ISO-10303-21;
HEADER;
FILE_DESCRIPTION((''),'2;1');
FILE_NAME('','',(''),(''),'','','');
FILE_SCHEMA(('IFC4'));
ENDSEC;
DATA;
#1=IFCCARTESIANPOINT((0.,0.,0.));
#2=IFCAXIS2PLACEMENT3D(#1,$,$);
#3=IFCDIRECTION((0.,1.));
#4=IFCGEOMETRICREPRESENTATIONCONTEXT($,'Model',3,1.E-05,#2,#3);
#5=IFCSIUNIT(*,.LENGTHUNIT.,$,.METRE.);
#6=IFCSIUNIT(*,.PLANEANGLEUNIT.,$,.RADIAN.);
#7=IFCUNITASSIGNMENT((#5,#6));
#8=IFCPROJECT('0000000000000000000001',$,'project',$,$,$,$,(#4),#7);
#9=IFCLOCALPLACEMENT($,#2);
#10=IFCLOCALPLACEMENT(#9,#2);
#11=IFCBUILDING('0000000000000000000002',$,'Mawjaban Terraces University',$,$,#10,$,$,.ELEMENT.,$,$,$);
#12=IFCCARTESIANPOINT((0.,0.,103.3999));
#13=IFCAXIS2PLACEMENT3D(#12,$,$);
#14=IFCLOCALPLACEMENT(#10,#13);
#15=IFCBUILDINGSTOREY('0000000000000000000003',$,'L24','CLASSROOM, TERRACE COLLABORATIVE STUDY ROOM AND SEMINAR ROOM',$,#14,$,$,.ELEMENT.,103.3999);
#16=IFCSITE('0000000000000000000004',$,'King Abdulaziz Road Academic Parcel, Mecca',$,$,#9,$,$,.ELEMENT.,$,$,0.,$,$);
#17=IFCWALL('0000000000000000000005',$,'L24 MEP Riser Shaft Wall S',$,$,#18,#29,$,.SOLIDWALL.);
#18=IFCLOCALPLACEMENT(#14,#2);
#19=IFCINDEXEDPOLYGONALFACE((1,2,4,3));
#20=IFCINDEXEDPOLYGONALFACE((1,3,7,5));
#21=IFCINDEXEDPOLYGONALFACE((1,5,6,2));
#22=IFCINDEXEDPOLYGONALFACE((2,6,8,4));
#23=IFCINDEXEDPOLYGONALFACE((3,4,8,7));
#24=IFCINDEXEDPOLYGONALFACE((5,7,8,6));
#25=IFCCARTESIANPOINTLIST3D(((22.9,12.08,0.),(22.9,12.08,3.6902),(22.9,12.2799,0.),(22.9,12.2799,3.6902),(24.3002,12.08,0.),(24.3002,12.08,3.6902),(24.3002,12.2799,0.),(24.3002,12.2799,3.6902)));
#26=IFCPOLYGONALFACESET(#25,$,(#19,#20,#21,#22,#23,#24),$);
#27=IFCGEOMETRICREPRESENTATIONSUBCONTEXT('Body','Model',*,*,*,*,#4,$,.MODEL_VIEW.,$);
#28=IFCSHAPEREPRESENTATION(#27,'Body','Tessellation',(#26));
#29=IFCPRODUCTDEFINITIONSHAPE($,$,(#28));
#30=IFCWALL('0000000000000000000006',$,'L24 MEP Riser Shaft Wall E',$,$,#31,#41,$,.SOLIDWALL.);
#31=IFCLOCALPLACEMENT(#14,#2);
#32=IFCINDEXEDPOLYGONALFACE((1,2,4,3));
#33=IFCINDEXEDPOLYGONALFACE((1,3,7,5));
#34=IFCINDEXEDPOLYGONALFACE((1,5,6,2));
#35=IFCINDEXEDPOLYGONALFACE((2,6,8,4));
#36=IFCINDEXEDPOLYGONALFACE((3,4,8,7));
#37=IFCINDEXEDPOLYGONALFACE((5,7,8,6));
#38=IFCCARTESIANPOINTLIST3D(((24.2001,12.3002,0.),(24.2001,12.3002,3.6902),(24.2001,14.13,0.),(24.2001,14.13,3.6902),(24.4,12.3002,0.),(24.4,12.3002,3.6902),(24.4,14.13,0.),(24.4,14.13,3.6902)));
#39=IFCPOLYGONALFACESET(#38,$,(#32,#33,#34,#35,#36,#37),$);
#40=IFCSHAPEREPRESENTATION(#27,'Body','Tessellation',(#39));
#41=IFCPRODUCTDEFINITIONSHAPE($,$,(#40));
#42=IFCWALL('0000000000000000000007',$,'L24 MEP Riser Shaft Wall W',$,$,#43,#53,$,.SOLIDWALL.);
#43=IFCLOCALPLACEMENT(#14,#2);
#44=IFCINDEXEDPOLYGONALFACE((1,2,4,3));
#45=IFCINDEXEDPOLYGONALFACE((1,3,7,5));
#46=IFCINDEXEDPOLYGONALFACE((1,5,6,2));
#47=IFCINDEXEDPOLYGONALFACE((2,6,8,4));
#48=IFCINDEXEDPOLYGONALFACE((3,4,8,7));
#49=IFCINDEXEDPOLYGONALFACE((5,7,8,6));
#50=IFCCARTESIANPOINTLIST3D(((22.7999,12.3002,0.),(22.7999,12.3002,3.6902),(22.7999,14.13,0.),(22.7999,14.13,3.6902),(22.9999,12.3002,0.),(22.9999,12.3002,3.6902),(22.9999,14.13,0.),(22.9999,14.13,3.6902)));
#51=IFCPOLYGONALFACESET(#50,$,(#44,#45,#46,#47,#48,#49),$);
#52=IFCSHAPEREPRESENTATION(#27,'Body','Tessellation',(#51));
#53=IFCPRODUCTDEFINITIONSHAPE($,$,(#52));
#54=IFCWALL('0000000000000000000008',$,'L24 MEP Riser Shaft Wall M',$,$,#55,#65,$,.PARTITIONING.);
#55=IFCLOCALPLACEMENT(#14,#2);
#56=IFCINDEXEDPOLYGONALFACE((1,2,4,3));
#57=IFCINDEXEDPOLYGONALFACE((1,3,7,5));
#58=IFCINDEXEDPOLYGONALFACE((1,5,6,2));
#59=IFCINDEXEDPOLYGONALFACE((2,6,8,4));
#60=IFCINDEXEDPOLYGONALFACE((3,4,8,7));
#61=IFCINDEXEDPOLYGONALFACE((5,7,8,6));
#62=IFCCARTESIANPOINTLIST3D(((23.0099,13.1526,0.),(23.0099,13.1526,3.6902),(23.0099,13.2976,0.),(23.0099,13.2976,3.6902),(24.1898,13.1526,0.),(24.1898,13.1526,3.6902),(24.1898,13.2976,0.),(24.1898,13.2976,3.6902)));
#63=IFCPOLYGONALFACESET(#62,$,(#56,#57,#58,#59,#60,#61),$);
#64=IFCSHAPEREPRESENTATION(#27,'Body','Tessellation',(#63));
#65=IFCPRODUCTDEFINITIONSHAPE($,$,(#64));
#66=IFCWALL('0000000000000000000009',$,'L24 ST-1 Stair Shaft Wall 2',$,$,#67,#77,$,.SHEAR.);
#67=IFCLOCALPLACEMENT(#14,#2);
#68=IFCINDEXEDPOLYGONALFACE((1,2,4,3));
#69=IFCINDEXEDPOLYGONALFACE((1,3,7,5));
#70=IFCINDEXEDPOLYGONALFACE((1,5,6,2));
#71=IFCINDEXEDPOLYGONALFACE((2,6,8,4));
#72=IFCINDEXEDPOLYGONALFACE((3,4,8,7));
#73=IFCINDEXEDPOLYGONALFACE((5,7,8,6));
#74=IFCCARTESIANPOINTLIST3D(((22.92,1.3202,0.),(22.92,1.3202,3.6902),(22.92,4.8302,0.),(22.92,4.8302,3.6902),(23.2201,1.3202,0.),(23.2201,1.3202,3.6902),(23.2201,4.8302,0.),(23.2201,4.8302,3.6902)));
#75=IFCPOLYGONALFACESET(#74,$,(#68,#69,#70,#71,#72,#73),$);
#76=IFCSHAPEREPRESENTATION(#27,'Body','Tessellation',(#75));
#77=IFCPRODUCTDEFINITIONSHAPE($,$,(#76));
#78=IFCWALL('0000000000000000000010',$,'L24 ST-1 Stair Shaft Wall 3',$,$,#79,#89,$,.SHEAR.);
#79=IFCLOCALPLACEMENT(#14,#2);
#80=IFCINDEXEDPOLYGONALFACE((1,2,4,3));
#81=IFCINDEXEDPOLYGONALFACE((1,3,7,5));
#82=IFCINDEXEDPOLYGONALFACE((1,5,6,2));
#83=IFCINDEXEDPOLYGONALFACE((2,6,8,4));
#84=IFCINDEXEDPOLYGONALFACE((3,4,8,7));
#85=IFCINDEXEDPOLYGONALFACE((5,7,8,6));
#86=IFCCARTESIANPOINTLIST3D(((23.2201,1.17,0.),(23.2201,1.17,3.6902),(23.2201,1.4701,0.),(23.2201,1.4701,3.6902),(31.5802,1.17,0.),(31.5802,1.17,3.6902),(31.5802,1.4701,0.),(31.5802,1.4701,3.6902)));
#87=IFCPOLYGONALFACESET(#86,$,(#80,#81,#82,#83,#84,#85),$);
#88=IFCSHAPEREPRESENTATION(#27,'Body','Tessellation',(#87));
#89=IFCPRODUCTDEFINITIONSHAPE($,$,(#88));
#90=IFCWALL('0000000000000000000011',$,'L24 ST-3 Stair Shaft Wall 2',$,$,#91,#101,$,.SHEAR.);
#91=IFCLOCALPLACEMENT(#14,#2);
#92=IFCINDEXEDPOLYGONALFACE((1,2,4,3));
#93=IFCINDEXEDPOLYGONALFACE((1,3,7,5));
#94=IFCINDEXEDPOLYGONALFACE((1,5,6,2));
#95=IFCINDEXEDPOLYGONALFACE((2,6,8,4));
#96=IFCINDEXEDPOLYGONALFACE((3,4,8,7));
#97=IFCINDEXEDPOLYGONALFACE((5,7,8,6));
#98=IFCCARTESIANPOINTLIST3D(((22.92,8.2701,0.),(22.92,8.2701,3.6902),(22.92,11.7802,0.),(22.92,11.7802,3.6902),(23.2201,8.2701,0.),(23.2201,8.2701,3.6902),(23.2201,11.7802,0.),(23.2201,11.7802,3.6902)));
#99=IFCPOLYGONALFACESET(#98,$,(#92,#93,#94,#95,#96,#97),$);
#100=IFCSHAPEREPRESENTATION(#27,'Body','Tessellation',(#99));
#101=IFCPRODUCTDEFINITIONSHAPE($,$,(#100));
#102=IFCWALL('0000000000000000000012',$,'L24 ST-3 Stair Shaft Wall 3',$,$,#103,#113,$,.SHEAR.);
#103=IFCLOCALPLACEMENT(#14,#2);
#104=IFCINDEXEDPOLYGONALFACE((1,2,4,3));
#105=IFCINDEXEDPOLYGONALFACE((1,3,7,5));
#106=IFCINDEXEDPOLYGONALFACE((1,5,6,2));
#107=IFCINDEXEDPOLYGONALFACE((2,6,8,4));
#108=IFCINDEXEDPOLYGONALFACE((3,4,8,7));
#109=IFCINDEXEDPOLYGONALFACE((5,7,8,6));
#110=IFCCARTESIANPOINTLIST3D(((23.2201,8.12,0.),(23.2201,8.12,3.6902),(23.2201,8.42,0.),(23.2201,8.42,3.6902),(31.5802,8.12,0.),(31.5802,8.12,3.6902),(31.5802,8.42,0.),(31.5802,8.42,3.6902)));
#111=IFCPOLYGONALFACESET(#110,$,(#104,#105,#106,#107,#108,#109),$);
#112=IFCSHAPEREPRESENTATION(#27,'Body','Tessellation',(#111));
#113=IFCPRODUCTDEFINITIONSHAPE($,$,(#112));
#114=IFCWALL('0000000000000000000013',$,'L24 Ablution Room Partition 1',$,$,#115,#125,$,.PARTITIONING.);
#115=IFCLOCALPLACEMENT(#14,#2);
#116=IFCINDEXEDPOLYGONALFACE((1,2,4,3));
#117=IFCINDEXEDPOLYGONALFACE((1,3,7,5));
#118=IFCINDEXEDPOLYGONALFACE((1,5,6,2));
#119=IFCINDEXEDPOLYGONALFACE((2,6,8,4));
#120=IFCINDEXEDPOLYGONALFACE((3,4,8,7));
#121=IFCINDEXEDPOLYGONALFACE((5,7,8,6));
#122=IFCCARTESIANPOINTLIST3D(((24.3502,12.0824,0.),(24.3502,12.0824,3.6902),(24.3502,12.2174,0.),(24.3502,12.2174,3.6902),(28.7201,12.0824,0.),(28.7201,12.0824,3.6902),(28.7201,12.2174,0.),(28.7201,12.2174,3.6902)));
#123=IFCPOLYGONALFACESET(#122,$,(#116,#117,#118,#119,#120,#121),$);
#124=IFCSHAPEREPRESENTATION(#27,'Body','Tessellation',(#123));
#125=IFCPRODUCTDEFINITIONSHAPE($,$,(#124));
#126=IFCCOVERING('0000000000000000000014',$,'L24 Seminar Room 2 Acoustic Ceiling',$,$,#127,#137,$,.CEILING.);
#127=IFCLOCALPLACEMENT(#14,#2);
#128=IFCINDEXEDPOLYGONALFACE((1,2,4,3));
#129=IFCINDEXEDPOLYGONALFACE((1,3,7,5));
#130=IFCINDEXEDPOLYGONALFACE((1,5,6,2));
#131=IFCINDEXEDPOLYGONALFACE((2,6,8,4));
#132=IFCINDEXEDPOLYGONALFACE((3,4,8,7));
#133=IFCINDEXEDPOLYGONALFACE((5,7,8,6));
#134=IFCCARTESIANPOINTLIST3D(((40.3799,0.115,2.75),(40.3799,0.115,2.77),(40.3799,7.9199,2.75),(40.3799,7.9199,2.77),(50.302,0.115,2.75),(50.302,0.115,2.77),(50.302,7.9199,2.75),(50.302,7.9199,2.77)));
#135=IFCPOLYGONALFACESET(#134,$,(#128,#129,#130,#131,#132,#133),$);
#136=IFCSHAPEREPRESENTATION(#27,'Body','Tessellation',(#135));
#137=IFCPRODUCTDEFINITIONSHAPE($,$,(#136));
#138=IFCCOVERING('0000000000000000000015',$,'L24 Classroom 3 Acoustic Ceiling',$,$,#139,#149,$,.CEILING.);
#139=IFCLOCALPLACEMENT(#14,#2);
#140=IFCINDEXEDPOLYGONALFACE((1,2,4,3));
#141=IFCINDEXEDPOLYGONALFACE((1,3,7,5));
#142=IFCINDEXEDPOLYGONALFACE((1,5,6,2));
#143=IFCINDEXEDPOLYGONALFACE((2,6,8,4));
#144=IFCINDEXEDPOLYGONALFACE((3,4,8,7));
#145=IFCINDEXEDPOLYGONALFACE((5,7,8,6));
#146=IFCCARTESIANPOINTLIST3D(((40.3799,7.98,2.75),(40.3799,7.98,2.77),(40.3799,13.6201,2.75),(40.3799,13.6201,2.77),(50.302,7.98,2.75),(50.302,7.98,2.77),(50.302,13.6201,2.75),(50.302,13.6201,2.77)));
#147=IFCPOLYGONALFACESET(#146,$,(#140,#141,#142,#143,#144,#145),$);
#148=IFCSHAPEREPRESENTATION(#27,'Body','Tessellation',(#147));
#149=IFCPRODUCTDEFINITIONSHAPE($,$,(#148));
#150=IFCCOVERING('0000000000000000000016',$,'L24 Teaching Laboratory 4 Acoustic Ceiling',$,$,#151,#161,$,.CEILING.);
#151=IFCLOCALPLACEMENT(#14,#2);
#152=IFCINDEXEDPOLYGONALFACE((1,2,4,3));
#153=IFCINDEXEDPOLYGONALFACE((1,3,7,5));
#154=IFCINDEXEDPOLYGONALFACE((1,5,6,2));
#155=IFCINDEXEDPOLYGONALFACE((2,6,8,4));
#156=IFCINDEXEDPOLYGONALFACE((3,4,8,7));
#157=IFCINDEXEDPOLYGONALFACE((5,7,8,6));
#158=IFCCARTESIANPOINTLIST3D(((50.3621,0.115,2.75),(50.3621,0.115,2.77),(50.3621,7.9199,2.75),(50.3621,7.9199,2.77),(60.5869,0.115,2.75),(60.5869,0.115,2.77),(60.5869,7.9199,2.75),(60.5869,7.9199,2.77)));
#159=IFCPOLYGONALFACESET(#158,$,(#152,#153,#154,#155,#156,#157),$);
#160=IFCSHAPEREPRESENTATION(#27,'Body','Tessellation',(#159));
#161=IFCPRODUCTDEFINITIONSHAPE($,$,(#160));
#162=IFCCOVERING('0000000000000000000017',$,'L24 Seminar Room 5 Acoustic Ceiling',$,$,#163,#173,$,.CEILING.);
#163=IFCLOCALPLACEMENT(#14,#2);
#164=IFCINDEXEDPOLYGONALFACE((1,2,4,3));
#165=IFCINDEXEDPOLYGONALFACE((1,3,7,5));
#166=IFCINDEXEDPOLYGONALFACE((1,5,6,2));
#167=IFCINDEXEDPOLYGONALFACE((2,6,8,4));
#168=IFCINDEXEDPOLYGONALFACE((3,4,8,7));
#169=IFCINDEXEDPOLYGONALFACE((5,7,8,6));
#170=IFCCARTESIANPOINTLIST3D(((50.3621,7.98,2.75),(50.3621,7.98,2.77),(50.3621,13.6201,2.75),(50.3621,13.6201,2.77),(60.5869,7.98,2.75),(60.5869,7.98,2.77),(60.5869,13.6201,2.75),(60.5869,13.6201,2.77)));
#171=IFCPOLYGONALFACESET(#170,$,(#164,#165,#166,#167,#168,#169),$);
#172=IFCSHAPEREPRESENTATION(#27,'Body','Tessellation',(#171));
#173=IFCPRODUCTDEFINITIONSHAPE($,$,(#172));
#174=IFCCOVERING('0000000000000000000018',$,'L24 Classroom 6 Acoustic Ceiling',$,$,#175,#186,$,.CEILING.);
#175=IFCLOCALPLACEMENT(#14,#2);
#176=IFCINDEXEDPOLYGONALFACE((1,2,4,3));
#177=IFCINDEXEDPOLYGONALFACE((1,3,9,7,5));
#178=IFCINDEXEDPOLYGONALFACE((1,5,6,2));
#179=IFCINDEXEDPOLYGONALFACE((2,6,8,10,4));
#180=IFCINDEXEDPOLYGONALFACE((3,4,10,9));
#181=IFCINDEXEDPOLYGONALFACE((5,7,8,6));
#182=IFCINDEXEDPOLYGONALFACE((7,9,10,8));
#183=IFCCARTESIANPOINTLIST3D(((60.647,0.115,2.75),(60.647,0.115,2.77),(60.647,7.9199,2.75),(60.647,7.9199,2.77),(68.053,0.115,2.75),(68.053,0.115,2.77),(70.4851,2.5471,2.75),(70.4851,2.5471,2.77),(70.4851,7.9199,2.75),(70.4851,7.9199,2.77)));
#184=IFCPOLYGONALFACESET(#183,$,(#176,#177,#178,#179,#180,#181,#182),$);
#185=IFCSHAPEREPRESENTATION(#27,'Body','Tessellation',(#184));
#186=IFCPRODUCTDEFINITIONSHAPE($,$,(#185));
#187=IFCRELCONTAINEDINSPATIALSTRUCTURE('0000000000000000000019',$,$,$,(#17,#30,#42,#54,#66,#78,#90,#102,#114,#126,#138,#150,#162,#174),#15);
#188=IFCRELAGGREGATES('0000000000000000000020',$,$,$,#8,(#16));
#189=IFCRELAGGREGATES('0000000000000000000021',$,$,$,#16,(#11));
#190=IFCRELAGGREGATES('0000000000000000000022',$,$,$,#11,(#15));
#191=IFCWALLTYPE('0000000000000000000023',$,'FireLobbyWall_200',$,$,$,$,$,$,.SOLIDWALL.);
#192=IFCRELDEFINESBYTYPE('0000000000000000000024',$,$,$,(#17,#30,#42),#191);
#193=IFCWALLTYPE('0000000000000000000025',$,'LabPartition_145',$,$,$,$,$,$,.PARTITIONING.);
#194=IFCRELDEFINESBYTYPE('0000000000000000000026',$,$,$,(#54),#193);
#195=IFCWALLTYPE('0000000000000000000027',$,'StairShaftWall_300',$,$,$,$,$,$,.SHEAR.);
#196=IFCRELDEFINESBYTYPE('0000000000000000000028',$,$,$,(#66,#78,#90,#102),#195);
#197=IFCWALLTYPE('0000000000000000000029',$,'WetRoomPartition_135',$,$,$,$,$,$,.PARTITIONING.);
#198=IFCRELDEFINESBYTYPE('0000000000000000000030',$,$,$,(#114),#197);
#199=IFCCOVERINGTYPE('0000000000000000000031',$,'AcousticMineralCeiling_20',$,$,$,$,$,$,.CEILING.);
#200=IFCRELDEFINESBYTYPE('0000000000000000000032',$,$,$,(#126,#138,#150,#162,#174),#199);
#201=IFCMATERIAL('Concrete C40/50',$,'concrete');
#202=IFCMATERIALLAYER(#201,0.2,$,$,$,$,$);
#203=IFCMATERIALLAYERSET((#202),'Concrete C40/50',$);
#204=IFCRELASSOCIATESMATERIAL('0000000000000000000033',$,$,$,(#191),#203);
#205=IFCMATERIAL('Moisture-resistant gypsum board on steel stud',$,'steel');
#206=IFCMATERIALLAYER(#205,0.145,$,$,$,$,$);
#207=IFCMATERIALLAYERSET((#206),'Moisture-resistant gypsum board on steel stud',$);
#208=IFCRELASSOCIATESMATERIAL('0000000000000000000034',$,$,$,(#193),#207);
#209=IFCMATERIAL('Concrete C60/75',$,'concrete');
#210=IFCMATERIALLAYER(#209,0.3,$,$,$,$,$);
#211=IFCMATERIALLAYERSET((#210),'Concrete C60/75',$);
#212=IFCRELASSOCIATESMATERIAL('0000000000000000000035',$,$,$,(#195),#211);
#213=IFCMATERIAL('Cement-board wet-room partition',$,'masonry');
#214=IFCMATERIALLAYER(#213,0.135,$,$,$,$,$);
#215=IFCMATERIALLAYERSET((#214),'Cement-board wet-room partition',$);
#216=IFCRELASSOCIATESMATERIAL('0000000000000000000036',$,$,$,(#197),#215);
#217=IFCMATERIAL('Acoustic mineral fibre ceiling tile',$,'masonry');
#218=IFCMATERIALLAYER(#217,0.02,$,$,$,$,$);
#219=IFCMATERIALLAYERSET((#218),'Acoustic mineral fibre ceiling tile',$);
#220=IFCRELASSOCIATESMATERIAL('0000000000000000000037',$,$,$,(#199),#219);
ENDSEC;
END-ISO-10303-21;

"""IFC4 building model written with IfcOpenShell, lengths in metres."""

from ifc_helpers import new_model, si_unit, direction, frame, frame_2d, origin, place, context, subcontext, project, spatial, polyline, rectangle, outline, extrude, material, layer, layer_set, type_object, element, save


model = new_model("IFC4")

# Units and contexts
model_context = context("Model", 3, precision=1e-05, world=origin(), true_north=direction((0.0, 1.0)))
body_context = subcontext(model_context, "Body", "Model", "MODEL_VIEW")
ifc_project = project(units=[si_unit("LENGTHUNIT", "METRE"), si_unit("PLANEANGLEUNIT", "RADIAN")], contexts=[model_context])

# Site, building, storey
site_placement = place(None, origin())
site = spatial("IfcSite", under=ifc_project, at=site_placement, Name="King Abdulaziz Road Academic Parcel, Mecca", CompositionType="ELEMENT", RefElevation=0.0)
building_placement = place(site_placement, origin())
building = spatial("IfcBuilding", under=site, at=building_placement, Name="Mawjaban Terraces University", CompositionType="ELEMENT")
storey_placement = place(building_placement, frame((0.0, 0.0, 103.3999)))
storey = spatial("IfcBuildingStorey", under=building, at=storey_placement, Name="L24", Description="CLASSROOM, TERRACE COLLABORATIVE STUDY ROOM AND SEMINAR ROOM", CompositionType="ELEMENT", Elevation=103.3999)

# Shared definitions
ifc_material_1 = material(Name="Concrete C60/75", Category="concrete")

# Shared definitions
ifc_material_2 = material(Name="Concrete C40/50", Category="concrete")

# Walls
ifc_layer_1 = layer(ifc_material_2, 0.2)
ifc_layer_set_1 = layer_set([ifc_layer_1], Name="Concrete C40/50")
wall_type_1 = type_object("IfcWallType", Name="FireLobbyWall_200", PredefinedType="SOLIDWALL", material=ifc_layer_set_1)
wall_1_placement = place(storey_placement, frame((22.8999, 12.1799, 0.0), z_axis=(0.0, 0.0, 1.0), x_axis=(1.0, 0.0, 0.0)))
element("IfcWall", 1, at=wall_1_placement, inside=storey, type_object=wall_type_1, Name="L24 MEP Riser Shaft Wall S", PredefinedType="SOLIDWALL", context=body_context, shape_type="SweptSolid", body=[
    extrude(rectangle(XDim=1.4001, YDim=0.2, at=frame_2d((0.7002, 0.0))), origin(), (0.0, 0.0, 1.0), 3.6902),
])
for number, where, z_axis, x_axis, name in (
    (2, (24.3, 12.3, 0.0), (0.0, 0.0, 1.0), (0.0, 1.0, 0.0), "L24 MEP Riser Shaft Wall E"),
    (3, (22.8999, 12.3, 0.0), (0.0, 0.0, 1.0), (0.0, 1.0, 0.0), "L24 MEP Riser Shaft Wall W"),
):
    element("IfcWall", number, at=place(storey_placement, frame(where, z_axis=z_axis, x_axis=x_axis)), inside=storey, type_object=wall_type_1, Name=name, PredefinedType="SOLIDWALL", context=body_context, shape_type="SweptSolid", body=[
        extrude(rectangle(XDim=1.8298, YDim=0.2, at=frame_2d((0.915, 0.0))), origin(), (0.0, 0.0, 1.0), 3.6902),
    ])
ifc_material_3 = material(Name="Moisture-resistant gypsum board on steel stud", Category="steel")
ifc_layer_2 = layer(ifc_material_3, 0.145)
ifc_layer_set_2 = layer_set([ifc_layer_2], Name="Moisture-resistant gypsum board on steel stud")
wall_type_2 = type_object("IfcWallType", Name="LabPartition_145", PredefinedType="PARTITIONING", material=ifc_layer_set_2)
wall_2_placement = place(storey_placement, frame((23.01, 13.2251, 0.0), z_axis=(0.0, 0.0, 1.0), x_axis=(1.0, 0.0, 0.0)))
element("IfcWall", 4, at=wall_2_placement, inside=storey, type_object=wall_type_2, Name="L24 MEP Riser Shaft Wall M", PredefinedType="PARTITIONING", context=body_context, shape_type="SweptSolid", body=[
    extrude(rectangle(XDim=1.1799, YDim=0.145, at=frame_2d((0.5898, 0.0))), origin(), (0.0, 0.0, 1.0), 3.6902),
])
ifc_layer_3 = layer(ifc_material_1, 0.3)
ifc_layer_set_3 = layer_set([ifc_layer_3], Name="Concrete C60/75")
wall_type_3 = type_object("IfcWallType", Name="StairShaftWall_300", PredefinedType="SHEAR", material=ifc_layer_set_3)
wall_3_placement = place(storey_placement, frame((23.0701, 4.8301, 0.0), z_axis=(0.0, 0.0, 1.0), x_axis=(0.0, -1.0, 0.0)))
element("IfcWall", 5, at=wall_3_placement, inside=storey, type_object=wall_type_3, Name="L24 ST-1 Stair Shaft Wall 2", PredefinedType="SHEAR", context=body_context, shape_type="SweptSolid", body=[
    extrude(rectangle(XDim=3.51, YDim=0.3, at=frame_2d((1.7549, 0.0))), origin(), (0.0, 0.0, 1.0), 3.6902),
])
wall_4_placement = place(storey_placement, frame((23.22, 1.3201, 0.0), z_axis=(0.0, 0.0, 1.0), x_axis=(1.0, 0.0, 0.0)))
element("IfcWall", 6, at=wall_4_placement, inside=storey, type_object=wall_type_3, Name="L24 ST-1 Stair Shaft Wall 3", PredefinedType="SHEAR", context=body_context, shape_type="SweptSolid", body=[
    extrude(rectangle(XDim=8.3601, YDim=0.3, at=frame_2d((4.1802, 0.0))), origin(), (0.0, 0.0, 1.0), 3.6902),
])
wall_5_placement = place(storey_placement, frame((23.0701, 11.78, 0.0), z_axis=(0.0, 0.0, 1.0), x_axis=(0.0, -1.0, 0.0)))
element("IfcWall", 7, at=wall_5_placement, inside=storey, type_object=wall_type_3, Name="L24 ST-3 Stair Shaft Wall 2", PredefinedType="SHEAR", context=body_context, shape_type="SweptSolid", body=[
    extrude(rectangle(XDim=3.51, YDim=0.3, at=frame_2d((1.7549, 0.0))), origin(), (0.0, 0.0, 1.0), 3.6902),
])
wall_6_placement = place(storey_placement, frame((23.22, 8.27, 0.0), z_axis=(0.0, 0.0, 1.0), x_axis=(1.0, 0.0, 0.0)))
element("IfcWall", 8, at=wall_6_placement, inside=storey, type_object=wall_type_3, Name="L24 ST-3 Stair Shaft Wall 3", PredefinedType="SHEAR", context=body_context, shape_type="SweptSolid", body=[
    extrude(rectangle(XDim=8.3601, YDim=0.3, at=frame_2d((4.1802, 0.0))), origin(), (0.0, 0.0, 1.0), 3.6902),
])
ifc_material_4 = material(Name="Cement-board wet-room partition", Category="masonry")
ifc_layer_4 = layer(ifc_material_4, 0.135)
ifc_layer_set_4 = layer_set([ifc_layer_4], Name="Cement-board wet-room partition")
wall_type_4 = type_object("IfcWallType", Name="WetRoomPartition_135", PredefinedType="PARTITIONING", material=ifc_layer_set_4)
wall_7_placement = place(storey_placement, frame((24.3501, 12.1499, 0.0), z_axis=(0.0, 0.0, 1.0), x_axis=(1.0, 0.0, 0.0)))
element("IfcWall", 9, at=wall_7_placement, inside=storey, type_object=wall_type_4, Name="L24 Ablution Room Partition 1", PredefinedType="PARTITIONING", context=body_context, shape_type="SweptSolid", body=[
    extrude(rectangle(XDim=4.3699, YDim=0.135, at=frame_2d((2.1851, 0.0))), origin(), (0.0, 0.0, 1.0), 3.6902),
])

# Coverings
ifc_material_5 = material(Name="Acoustic mineral fibre ceiling tile", Category="masonry")
ifc_layer_5 = layer(ifc_material_5, 0.02)
ifc_layer_set_5 = layer_set([ifc_layer_5], Name="Acoustic mineral fibre ceiling tile")
covering_type_1 = type_object("IfcCoveringType", Name="AcousticMineralCeiling_20", PredefinedType="CEILING", material=ifc_layer_set_5)
covering_1_placement = place(storey_placement, frame((0.0, 0.0, 2.75)))
element("IfcCovering", 10, at=covering_1_placement, inside=storey, type_object=covering_type_1, Name="L24 Seminar Room 2 Acoustic Ceiling", PredefinedType="CEILING", context=body_context, shape_type="SweptSolid", body=[
    extrude(outline(polyline([(40.3799, 0.115), (50.302, 0.115), (50.302, 7.9199), (40.3799, 7.9199), (40.3799, 0.115)])), origin(), (0.0, 0.0, 1.0), 0.02),
])
covering_2_placement = place(storey_placement, frame((0.0, 0.0, 2.75)))
element("IfcCovering", 11, at=covering_2_placement, inside=storey, type_object=covering_type_1, Name="L24 Classroom 3 Acoustic Ceiling", PredefinedType="CEILING", context=body_context, shape_type="SweptSolid", body=[
    extrude(outline(polyline([(50.302, 7.98), (50.302, 13.6201), (40.3799, 13.6201), (40.3799, 7.98), (50.302, 7.98)])), origin(), (0.0, 0.0, 1.0), 0.02),
])
covering_3_placement = place(storey_placement, frame((0.0, 0.0, 2.75)))
element("IfcCovering", 12, at=covering_3_placement, inside=storey, type_object=covering_type_1, Name="L24 Teaching Laboratory 4 Acoustic Ceiling", PredefinedType="CEILING", context=body_context, shape_type="SweptSolid", body=[
    extrude(outline(polyline([(50.3621, 0.115), (60.5869, 0.115), (60.5869, 7.9199), (50.3621, 7.9199), (50.3621, 0.115)])), origin(), (0.0, 0.0, 1.0), 0.02),
])
covering_4_placement = place(storey_placement, frame((0.0, 0.0, 2.75)))
element("IfcCovering", 13, at=covering_4_placement, inside=storey, type_object=covering_type_1, Name="L24 Seminar Room 5 Acoustic Ceiling", PredefinedType="CEILING", context=body_context, shape_type="SweptSolid", body=[
    extrude(outline(polyline([(60.5869, 7.98), (60.5869, 13.6201), (50.3621, 13.6201), (50.3621, 7.98), (60.5869, 7.98)])), origin(), (0.0, 0.0, 1.0), 0.02),
])
covering_5_placement = place(storey_placement, frame((0.0, 0.0, 2.75)))
element("IfcCovering", 14, at=covering_5_placement, inside=storey, type_object=covering_type_1, Name="L24 Classroom 6 Acoustic Ceiling", PredefinedType="CEILING", context=body_context, shape_type="SweptSolid", body=[
    extrude(outline(polyline([(60.647, 0.115), (68.053, 0.115), (70.4851, 2.5471), (70.4851, 7.9199), (60.647, 7.9199), (60.647, 0.115)])), origin(), (0.0, 0.0, 1.0), 0.02),
])

save(model, "model.ifc")
